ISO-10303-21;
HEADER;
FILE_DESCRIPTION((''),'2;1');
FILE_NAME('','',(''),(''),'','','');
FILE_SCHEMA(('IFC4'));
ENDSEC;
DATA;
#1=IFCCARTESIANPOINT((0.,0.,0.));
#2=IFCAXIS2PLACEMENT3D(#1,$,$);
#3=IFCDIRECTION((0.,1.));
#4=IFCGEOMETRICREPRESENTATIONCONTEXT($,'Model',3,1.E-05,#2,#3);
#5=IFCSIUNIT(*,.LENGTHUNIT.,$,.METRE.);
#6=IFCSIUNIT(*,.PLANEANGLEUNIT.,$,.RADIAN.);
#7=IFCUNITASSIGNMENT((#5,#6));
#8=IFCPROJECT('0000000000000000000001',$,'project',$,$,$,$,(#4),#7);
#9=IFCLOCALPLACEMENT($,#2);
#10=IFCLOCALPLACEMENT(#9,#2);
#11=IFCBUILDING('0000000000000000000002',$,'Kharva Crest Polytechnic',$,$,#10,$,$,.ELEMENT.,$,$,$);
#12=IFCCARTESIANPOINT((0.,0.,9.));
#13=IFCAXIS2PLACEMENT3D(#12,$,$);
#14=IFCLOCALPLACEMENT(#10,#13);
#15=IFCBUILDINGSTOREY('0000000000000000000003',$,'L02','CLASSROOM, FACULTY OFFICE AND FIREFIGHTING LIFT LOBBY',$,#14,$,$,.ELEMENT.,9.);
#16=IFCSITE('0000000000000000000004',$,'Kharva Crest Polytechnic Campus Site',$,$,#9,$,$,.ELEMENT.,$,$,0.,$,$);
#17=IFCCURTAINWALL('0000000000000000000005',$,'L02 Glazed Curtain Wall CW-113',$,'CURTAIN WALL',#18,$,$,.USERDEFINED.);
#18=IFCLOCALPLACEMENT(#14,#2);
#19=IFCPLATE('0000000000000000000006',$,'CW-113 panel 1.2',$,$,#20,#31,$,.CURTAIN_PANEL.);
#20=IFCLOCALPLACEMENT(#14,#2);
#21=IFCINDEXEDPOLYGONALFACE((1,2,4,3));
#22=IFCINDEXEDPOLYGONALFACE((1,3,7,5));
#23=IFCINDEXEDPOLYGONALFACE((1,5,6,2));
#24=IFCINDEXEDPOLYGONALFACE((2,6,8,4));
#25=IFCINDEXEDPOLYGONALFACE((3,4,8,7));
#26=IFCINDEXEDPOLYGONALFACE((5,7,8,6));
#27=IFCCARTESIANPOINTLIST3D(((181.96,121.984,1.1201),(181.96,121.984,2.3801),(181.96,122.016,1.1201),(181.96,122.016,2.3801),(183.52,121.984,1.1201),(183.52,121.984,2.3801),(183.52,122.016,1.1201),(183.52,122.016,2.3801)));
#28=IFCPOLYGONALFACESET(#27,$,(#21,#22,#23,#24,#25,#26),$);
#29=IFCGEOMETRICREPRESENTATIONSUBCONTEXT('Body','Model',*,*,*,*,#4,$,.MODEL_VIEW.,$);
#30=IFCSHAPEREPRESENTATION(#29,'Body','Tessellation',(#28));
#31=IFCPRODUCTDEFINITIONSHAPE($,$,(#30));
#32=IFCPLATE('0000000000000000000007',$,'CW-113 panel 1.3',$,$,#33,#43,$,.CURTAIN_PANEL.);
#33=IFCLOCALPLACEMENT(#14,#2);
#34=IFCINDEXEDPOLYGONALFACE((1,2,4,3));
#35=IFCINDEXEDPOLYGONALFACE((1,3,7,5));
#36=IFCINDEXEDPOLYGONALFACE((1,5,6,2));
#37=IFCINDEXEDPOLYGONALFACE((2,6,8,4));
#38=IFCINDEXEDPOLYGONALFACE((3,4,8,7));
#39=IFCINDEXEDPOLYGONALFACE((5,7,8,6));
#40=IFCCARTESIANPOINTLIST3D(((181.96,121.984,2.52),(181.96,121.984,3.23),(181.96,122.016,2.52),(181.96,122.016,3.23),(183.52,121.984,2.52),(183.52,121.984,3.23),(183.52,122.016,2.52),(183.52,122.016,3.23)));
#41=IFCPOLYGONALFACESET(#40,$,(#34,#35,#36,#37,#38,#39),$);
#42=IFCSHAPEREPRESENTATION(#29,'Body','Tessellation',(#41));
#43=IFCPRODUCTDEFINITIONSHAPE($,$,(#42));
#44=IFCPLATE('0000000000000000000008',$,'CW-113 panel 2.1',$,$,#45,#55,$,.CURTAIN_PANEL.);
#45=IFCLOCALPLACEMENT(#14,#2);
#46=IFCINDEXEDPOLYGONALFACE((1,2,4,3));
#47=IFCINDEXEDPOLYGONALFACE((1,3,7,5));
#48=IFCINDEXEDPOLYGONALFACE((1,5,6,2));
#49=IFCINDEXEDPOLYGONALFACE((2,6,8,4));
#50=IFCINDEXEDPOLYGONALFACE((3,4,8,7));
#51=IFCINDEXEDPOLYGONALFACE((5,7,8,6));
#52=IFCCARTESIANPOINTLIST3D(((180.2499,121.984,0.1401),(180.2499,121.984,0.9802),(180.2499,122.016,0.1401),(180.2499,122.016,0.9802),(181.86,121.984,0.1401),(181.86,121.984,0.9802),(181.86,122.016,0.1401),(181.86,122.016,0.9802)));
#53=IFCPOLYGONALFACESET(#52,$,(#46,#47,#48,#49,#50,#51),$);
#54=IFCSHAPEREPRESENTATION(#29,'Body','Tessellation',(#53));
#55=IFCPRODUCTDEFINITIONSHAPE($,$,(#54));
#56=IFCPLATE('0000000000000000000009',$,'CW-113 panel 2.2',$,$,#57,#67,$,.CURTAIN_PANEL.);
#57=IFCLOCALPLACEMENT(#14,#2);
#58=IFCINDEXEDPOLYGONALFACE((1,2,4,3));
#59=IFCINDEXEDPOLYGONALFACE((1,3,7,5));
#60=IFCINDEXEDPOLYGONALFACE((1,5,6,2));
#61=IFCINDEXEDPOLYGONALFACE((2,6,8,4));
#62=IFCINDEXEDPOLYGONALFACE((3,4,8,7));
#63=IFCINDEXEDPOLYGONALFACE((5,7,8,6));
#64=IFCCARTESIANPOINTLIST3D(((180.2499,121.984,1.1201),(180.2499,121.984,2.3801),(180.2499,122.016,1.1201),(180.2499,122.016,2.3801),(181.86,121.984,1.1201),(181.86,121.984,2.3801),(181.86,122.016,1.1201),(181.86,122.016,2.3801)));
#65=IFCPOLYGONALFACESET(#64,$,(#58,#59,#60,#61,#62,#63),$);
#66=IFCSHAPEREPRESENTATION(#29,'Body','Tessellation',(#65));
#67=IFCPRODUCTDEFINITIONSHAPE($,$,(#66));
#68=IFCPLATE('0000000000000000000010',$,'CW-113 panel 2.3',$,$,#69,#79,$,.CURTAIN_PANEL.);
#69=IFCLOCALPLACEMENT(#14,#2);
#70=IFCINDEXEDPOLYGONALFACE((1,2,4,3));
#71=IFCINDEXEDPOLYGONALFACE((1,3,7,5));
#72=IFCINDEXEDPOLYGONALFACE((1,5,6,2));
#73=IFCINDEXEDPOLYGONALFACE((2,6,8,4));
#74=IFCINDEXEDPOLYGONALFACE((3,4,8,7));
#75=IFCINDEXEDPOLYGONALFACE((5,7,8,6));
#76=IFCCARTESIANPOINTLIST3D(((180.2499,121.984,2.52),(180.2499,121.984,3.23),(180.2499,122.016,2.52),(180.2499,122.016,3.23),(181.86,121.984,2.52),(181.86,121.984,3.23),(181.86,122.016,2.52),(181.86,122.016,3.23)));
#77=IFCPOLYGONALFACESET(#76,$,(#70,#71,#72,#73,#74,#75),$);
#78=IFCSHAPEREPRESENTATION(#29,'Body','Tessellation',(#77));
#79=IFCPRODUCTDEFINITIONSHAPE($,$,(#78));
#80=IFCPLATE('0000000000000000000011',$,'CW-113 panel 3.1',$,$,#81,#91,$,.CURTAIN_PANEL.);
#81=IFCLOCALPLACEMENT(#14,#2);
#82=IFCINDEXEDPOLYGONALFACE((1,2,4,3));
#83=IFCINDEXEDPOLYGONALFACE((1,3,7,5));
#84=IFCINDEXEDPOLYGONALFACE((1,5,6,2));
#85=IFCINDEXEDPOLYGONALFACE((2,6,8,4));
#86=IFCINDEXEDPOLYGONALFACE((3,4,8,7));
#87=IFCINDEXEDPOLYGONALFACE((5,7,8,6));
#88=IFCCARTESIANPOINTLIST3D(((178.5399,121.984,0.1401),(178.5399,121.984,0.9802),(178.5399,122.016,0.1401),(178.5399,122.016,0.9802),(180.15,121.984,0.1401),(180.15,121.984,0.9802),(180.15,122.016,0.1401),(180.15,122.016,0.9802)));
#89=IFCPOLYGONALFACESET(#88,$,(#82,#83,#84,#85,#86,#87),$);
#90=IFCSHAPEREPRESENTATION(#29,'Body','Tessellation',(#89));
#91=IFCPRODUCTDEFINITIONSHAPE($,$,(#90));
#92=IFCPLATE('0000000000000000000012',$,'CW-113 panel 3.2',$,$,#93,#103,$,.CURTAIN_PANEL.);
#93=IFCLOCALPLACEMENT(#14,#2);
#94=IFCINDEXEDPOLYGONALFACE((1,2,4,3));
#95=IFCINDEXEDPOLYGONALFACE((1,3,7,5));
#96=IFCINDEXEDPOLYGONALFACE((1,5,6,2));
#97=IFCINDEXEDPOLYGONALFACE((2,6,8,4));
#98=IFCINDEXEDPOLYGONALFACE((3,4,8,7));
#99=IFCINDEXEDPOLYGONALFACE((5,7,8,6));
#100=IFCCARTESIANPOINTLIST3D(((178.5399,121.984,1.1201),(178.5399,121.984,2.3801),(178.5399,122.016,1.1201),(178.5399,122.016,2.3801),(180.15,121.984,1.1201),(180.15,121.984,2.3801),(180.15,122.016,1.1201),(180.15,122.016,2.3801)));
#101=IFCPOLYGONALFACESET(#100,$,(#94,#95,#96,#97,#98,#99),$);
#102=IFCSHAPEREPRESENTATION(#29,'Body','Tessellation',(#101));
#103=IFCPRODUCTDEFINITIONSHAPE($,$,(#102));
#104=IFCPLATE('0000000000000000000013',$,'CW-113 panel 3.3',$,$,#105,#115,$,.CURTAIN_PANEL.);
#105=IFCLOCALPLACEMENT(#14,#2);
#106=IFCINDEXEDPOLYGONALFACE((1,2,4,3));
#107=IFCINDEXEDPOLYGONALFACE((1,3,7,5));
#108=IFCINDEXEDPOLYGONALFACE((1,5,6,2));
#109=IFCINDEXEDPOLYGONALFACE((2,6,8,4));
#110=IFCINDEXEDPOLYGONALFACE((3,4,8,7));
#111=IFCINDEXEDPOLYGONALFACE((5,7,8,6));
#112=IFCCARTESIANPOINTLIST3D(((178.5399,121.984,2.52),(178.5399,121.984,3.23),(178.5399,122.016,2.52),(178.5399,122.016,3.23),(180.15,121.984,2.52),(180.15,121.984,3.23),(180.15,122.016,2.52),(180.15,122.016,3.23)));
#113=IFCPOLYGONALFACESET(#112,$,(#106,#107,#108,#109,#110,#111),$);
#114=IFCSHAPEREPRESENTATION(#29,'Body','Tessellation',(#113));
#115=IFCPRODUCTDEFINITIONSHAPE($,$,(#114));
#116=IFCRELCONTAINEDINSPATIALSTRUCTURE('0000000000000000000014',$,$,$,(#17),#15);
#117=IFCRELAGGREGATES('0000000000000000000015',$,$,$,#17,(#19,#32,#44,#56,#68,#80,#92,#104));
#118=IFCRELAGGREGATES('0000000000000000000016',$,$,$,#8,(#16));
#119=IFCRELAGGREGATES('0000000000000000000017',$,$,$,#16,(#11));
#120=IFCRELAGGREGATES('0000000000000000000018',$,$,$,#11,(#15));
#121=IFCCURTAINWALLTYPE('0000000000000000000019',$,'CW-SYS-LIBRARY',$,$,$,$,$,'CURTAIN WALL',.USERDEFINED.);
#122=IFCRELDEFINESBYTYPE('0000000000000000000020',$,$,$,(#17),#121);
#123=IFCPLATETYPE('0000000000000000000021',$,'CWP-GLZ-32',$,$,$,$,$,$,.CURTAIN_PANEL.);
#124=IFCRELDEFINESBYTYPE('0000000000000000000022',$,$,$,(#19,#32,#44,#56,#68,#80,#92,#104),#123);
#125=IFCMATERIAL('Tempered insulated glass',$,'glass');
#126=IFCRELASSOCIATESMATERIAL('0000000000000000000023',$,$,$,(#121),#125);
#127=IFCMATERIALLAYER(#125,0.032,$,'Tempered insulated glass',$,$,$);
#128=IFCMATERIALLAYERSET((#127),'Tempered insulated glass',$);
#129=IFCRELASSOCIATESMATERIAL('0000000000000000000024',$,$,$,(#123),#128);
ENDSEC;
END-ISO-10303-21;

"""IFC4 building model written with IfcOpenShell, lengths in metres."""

from ifc_helpers import new_model, si_unit, direction, frame, origin, origin_2d, place, context, subcontext, project, spatial, rectangle, extrude, material, layer, layer_set, type_object, element, aggregate, save


model = new_model("IFC4")

# Units and contexts
model_context = context("Model", 3, precision=1e-05, world=origin(), true_north=direction((0.0, 1.0)))
body_context = subcontext(model_context, "Body", "Model", "MODEL_VIEW")
ifc_project = project(units=[si_unit("LENGTHUNIT", "METRE"), si_unit("PLANEANGLEUNIT", "RADIAN")], contexts=[model_context])

# Site, building, storey
site_placement = place(None, origin())
site = spatial("IfcSite", under=ifc_project, at=site_placement, Name="Kharva Crest Polytechnic Campus Site", CompositionType="ELEMENT", RefElevation=0.0)
building_placement = place(site_placement, origin())
building = spatial("IfcBuilding", under=site, at=building_placement, Name="Kharva Crest Polytechnic", CompositionType="ELEMENT")
storey_placement = place(building_placement, frame((0.0, 0.0, 9.0)))
storey = spatial("IfcBuildingStorey", under=building, at=storey_placement, Name="L02", Description="CLASSROOM, FACULTY OFFICE AND FIREFIGHTING LIFT LOBBY", CompositionType="ELEMENT", Elevation=9.0)

# Curtain wall, plates
ifc_material_1 = material(Name="Tempered insulated glass", Category="glass")
curtain_wall_type = type_object("IfcCurtainWallType", Name="CW-SYS-LIBRARY", ElementType="CURTAIN WALL", PredefinedType="USERDEFINED", material=ifc_material_1)
curtain_wall_placement = place(storey_placement, origin())
curtain_wall = element("IfcCurtainWall", 1, at=curtain_wall_placement, inside=storey, type_object=curtain_wall_type, Name="L02 Glazed Curtain Wall CW-113", ObjectType="CURTAIN WALL", PredefinedType="USERDEFINED")
ifc_layer = layer(ifc_material_1, 0.032, Name="Tempered insulated glass")
ifc_layer_set = layer_set([ifc_layer], Name="Tempered insulated glass")
plate_type = type_object("IfcPlateType", Name="CWP-GLZ-32", PredefinedType="CURTAIN_PANEL", material=ifc_layer_set)
plate_1_placement = place(storey_placement, frame((182.74, 122.0, 1.1201), z_axis=(0.0, 0.0, 1.0), x_axis=(-1.0, 0.0, 0.0)))
plate_1 = element("IfcPlate", 2, at=plate_1_placement, type_object=plate_type, Name="CW-113 panel 1.2", PredefinedType="CURTAIN_PANEL", context=body_context, shape_type="SweptSolid", body=[
    extrude(rectangle(XDim=1.5601, YDim=0.032, at=origin_2d()), origin(), (0.0, 0.0, 1.0), 1.26),
])
plate_2_placement = place(storey_placement, frame((182.74, 122.0, 2.52), z_axis=(0.0, 0.0, 1.0), x_axis=(-1.0, 0.0, 0.0)))
plate_2 = element("IfcPlate", 3, at=plate_2_placement, type_object=plate_type, Name="CW-113 panel 1.3", PredefinedType="CURTAIN_PANEL", context=body_context, shape_type="SweptSolid", body=[
    extrude(rectangle(XDim=1.5601, YDim=0.032, at=origin_2d()), origin(), (0.0, 0.0, 1.0), 0.71),
])
plate_3_placement = place(storey_placement, frame((181.0549, 122.0, 0.1401), z_axis=(0.0, 0.0, 1.0), x_axis=(-1.0, 0.0, 0.0)))
plate_3 = element("IfcPlate", 4, at=plate_3_placement, type_object=plate_type, Name="CW-113 panel 2.1", PredefinedType="CURTAIN_PANEL", context=body_context, shape_type="SweptSolid", body=[
    extrude(rectangle(XDim=1.6101, YDim=0.032, at=origin_2d()), origin(), (0.0, 0.0, 1.0), 0.8401),
])
plate_4_placement = place(storey_placement, frame((181.0549, 122.0, 1.1201), z_axis=(0.0, 0.0, 1.0), x_axis=(-1.0, 0.0, 0.0)))
plate_4 = element("IfcPlate", 5, at=plate_4_placement, type_object=plate_type, Name="CW-113 panel 2.2", PredefinedType="CURTAIN_PANEL", context=body_context, shape_type="SweptSolid", body=[
    extrude(rectangle(XDim=1.6101, YDim=0.032, at=origin_2d()), origin(), (0.0, 0.0, 1.0), 1.26),
])
plate_5_placement = place(storey_placement, frame((181.0549, 122.0, 2.52), z_axis=(0.0, 0.0, 1.0), x_axis=(-1.0, 0.0, 0.0)))
plate_5 = element("IfcPlate", 6, at=plate_5_placement, type_object=plate_type, Name="CW-113 panel 2.3", PredefinedType="CURTAIN_PANEL", context=body_context, shape_type="SweptSolid", body=[
    extrude(rectangle(XDim=1.6101, YDim=0.032, at=origin_2d()), origin(), (0.0, 0.0, 1.0), 0.71),
])
plate_6_placement = place(storey_placement, frame((179.345, 122.0, 0.1401), z_axis=(0.0, 0.0, 1.0), x_axis=(-1.0, 0.0, 0.0)))
plate_6 = element("IfcPlate", 7, at=plate_6_placement, type_object=plate_type, Name="CW-113 panel 3.1", PredefinedType="CURTAIN_PANEL", context=body_context, shape_type="SweptSolid", body=[
    extrude(rectangle(XDim=1.6101, YDim=0.032, at=origin_2d()), origin(), (0.0, 0.0, 1.0), 0.8401),
])
plate_7_placement = place(storey_placement, frame((179.345, 122.0, 1.1201), z_axis=(0.0, 0.0, 1.0), x_axis=(-1.0, 0.0, 0.0)))
plate_7 = element("IfcPlate", 8, at=plate_7_placement, type_object=plate_type, Name="CW-113 panel 3.2", PredefinedType="CURTAIN_PANEL", context=body_context, shape_type="SweptSolid", body=[
    extrude(rectangle(XDim=1.6101, YDim=0.032, at=origin_2d()), origin(), (0.0, 0.0, 1.0), 1.26),
])
plate_8_placement = place(storey_placement, frame((179.345, 122.0, 2.52), z_axis=(0.0, 0.0, 1.0), x_axis=(-1.0, 0.0, 0.0)))
plate_8 = element("IfcPlate", 9, at=plate_8_placement, type_object=plate_type, Name="CW-113 panel 3.3", PredefinedType="CURTAIN_PANEL", context=body_context, shape_type="SweptSolid", body=[
    extrude(rectangle(XDim=1.6101, YDim=0.032, at=origin_2d()), origin(), (0.0, 0.0, 1.0), 0.71),
])
aggregate(curtain_wall, [plate_1, plate_2, plate_3, plate_4, plate_5, plate_6, plate_7, plate_8])

save(model, "model.ifc")
